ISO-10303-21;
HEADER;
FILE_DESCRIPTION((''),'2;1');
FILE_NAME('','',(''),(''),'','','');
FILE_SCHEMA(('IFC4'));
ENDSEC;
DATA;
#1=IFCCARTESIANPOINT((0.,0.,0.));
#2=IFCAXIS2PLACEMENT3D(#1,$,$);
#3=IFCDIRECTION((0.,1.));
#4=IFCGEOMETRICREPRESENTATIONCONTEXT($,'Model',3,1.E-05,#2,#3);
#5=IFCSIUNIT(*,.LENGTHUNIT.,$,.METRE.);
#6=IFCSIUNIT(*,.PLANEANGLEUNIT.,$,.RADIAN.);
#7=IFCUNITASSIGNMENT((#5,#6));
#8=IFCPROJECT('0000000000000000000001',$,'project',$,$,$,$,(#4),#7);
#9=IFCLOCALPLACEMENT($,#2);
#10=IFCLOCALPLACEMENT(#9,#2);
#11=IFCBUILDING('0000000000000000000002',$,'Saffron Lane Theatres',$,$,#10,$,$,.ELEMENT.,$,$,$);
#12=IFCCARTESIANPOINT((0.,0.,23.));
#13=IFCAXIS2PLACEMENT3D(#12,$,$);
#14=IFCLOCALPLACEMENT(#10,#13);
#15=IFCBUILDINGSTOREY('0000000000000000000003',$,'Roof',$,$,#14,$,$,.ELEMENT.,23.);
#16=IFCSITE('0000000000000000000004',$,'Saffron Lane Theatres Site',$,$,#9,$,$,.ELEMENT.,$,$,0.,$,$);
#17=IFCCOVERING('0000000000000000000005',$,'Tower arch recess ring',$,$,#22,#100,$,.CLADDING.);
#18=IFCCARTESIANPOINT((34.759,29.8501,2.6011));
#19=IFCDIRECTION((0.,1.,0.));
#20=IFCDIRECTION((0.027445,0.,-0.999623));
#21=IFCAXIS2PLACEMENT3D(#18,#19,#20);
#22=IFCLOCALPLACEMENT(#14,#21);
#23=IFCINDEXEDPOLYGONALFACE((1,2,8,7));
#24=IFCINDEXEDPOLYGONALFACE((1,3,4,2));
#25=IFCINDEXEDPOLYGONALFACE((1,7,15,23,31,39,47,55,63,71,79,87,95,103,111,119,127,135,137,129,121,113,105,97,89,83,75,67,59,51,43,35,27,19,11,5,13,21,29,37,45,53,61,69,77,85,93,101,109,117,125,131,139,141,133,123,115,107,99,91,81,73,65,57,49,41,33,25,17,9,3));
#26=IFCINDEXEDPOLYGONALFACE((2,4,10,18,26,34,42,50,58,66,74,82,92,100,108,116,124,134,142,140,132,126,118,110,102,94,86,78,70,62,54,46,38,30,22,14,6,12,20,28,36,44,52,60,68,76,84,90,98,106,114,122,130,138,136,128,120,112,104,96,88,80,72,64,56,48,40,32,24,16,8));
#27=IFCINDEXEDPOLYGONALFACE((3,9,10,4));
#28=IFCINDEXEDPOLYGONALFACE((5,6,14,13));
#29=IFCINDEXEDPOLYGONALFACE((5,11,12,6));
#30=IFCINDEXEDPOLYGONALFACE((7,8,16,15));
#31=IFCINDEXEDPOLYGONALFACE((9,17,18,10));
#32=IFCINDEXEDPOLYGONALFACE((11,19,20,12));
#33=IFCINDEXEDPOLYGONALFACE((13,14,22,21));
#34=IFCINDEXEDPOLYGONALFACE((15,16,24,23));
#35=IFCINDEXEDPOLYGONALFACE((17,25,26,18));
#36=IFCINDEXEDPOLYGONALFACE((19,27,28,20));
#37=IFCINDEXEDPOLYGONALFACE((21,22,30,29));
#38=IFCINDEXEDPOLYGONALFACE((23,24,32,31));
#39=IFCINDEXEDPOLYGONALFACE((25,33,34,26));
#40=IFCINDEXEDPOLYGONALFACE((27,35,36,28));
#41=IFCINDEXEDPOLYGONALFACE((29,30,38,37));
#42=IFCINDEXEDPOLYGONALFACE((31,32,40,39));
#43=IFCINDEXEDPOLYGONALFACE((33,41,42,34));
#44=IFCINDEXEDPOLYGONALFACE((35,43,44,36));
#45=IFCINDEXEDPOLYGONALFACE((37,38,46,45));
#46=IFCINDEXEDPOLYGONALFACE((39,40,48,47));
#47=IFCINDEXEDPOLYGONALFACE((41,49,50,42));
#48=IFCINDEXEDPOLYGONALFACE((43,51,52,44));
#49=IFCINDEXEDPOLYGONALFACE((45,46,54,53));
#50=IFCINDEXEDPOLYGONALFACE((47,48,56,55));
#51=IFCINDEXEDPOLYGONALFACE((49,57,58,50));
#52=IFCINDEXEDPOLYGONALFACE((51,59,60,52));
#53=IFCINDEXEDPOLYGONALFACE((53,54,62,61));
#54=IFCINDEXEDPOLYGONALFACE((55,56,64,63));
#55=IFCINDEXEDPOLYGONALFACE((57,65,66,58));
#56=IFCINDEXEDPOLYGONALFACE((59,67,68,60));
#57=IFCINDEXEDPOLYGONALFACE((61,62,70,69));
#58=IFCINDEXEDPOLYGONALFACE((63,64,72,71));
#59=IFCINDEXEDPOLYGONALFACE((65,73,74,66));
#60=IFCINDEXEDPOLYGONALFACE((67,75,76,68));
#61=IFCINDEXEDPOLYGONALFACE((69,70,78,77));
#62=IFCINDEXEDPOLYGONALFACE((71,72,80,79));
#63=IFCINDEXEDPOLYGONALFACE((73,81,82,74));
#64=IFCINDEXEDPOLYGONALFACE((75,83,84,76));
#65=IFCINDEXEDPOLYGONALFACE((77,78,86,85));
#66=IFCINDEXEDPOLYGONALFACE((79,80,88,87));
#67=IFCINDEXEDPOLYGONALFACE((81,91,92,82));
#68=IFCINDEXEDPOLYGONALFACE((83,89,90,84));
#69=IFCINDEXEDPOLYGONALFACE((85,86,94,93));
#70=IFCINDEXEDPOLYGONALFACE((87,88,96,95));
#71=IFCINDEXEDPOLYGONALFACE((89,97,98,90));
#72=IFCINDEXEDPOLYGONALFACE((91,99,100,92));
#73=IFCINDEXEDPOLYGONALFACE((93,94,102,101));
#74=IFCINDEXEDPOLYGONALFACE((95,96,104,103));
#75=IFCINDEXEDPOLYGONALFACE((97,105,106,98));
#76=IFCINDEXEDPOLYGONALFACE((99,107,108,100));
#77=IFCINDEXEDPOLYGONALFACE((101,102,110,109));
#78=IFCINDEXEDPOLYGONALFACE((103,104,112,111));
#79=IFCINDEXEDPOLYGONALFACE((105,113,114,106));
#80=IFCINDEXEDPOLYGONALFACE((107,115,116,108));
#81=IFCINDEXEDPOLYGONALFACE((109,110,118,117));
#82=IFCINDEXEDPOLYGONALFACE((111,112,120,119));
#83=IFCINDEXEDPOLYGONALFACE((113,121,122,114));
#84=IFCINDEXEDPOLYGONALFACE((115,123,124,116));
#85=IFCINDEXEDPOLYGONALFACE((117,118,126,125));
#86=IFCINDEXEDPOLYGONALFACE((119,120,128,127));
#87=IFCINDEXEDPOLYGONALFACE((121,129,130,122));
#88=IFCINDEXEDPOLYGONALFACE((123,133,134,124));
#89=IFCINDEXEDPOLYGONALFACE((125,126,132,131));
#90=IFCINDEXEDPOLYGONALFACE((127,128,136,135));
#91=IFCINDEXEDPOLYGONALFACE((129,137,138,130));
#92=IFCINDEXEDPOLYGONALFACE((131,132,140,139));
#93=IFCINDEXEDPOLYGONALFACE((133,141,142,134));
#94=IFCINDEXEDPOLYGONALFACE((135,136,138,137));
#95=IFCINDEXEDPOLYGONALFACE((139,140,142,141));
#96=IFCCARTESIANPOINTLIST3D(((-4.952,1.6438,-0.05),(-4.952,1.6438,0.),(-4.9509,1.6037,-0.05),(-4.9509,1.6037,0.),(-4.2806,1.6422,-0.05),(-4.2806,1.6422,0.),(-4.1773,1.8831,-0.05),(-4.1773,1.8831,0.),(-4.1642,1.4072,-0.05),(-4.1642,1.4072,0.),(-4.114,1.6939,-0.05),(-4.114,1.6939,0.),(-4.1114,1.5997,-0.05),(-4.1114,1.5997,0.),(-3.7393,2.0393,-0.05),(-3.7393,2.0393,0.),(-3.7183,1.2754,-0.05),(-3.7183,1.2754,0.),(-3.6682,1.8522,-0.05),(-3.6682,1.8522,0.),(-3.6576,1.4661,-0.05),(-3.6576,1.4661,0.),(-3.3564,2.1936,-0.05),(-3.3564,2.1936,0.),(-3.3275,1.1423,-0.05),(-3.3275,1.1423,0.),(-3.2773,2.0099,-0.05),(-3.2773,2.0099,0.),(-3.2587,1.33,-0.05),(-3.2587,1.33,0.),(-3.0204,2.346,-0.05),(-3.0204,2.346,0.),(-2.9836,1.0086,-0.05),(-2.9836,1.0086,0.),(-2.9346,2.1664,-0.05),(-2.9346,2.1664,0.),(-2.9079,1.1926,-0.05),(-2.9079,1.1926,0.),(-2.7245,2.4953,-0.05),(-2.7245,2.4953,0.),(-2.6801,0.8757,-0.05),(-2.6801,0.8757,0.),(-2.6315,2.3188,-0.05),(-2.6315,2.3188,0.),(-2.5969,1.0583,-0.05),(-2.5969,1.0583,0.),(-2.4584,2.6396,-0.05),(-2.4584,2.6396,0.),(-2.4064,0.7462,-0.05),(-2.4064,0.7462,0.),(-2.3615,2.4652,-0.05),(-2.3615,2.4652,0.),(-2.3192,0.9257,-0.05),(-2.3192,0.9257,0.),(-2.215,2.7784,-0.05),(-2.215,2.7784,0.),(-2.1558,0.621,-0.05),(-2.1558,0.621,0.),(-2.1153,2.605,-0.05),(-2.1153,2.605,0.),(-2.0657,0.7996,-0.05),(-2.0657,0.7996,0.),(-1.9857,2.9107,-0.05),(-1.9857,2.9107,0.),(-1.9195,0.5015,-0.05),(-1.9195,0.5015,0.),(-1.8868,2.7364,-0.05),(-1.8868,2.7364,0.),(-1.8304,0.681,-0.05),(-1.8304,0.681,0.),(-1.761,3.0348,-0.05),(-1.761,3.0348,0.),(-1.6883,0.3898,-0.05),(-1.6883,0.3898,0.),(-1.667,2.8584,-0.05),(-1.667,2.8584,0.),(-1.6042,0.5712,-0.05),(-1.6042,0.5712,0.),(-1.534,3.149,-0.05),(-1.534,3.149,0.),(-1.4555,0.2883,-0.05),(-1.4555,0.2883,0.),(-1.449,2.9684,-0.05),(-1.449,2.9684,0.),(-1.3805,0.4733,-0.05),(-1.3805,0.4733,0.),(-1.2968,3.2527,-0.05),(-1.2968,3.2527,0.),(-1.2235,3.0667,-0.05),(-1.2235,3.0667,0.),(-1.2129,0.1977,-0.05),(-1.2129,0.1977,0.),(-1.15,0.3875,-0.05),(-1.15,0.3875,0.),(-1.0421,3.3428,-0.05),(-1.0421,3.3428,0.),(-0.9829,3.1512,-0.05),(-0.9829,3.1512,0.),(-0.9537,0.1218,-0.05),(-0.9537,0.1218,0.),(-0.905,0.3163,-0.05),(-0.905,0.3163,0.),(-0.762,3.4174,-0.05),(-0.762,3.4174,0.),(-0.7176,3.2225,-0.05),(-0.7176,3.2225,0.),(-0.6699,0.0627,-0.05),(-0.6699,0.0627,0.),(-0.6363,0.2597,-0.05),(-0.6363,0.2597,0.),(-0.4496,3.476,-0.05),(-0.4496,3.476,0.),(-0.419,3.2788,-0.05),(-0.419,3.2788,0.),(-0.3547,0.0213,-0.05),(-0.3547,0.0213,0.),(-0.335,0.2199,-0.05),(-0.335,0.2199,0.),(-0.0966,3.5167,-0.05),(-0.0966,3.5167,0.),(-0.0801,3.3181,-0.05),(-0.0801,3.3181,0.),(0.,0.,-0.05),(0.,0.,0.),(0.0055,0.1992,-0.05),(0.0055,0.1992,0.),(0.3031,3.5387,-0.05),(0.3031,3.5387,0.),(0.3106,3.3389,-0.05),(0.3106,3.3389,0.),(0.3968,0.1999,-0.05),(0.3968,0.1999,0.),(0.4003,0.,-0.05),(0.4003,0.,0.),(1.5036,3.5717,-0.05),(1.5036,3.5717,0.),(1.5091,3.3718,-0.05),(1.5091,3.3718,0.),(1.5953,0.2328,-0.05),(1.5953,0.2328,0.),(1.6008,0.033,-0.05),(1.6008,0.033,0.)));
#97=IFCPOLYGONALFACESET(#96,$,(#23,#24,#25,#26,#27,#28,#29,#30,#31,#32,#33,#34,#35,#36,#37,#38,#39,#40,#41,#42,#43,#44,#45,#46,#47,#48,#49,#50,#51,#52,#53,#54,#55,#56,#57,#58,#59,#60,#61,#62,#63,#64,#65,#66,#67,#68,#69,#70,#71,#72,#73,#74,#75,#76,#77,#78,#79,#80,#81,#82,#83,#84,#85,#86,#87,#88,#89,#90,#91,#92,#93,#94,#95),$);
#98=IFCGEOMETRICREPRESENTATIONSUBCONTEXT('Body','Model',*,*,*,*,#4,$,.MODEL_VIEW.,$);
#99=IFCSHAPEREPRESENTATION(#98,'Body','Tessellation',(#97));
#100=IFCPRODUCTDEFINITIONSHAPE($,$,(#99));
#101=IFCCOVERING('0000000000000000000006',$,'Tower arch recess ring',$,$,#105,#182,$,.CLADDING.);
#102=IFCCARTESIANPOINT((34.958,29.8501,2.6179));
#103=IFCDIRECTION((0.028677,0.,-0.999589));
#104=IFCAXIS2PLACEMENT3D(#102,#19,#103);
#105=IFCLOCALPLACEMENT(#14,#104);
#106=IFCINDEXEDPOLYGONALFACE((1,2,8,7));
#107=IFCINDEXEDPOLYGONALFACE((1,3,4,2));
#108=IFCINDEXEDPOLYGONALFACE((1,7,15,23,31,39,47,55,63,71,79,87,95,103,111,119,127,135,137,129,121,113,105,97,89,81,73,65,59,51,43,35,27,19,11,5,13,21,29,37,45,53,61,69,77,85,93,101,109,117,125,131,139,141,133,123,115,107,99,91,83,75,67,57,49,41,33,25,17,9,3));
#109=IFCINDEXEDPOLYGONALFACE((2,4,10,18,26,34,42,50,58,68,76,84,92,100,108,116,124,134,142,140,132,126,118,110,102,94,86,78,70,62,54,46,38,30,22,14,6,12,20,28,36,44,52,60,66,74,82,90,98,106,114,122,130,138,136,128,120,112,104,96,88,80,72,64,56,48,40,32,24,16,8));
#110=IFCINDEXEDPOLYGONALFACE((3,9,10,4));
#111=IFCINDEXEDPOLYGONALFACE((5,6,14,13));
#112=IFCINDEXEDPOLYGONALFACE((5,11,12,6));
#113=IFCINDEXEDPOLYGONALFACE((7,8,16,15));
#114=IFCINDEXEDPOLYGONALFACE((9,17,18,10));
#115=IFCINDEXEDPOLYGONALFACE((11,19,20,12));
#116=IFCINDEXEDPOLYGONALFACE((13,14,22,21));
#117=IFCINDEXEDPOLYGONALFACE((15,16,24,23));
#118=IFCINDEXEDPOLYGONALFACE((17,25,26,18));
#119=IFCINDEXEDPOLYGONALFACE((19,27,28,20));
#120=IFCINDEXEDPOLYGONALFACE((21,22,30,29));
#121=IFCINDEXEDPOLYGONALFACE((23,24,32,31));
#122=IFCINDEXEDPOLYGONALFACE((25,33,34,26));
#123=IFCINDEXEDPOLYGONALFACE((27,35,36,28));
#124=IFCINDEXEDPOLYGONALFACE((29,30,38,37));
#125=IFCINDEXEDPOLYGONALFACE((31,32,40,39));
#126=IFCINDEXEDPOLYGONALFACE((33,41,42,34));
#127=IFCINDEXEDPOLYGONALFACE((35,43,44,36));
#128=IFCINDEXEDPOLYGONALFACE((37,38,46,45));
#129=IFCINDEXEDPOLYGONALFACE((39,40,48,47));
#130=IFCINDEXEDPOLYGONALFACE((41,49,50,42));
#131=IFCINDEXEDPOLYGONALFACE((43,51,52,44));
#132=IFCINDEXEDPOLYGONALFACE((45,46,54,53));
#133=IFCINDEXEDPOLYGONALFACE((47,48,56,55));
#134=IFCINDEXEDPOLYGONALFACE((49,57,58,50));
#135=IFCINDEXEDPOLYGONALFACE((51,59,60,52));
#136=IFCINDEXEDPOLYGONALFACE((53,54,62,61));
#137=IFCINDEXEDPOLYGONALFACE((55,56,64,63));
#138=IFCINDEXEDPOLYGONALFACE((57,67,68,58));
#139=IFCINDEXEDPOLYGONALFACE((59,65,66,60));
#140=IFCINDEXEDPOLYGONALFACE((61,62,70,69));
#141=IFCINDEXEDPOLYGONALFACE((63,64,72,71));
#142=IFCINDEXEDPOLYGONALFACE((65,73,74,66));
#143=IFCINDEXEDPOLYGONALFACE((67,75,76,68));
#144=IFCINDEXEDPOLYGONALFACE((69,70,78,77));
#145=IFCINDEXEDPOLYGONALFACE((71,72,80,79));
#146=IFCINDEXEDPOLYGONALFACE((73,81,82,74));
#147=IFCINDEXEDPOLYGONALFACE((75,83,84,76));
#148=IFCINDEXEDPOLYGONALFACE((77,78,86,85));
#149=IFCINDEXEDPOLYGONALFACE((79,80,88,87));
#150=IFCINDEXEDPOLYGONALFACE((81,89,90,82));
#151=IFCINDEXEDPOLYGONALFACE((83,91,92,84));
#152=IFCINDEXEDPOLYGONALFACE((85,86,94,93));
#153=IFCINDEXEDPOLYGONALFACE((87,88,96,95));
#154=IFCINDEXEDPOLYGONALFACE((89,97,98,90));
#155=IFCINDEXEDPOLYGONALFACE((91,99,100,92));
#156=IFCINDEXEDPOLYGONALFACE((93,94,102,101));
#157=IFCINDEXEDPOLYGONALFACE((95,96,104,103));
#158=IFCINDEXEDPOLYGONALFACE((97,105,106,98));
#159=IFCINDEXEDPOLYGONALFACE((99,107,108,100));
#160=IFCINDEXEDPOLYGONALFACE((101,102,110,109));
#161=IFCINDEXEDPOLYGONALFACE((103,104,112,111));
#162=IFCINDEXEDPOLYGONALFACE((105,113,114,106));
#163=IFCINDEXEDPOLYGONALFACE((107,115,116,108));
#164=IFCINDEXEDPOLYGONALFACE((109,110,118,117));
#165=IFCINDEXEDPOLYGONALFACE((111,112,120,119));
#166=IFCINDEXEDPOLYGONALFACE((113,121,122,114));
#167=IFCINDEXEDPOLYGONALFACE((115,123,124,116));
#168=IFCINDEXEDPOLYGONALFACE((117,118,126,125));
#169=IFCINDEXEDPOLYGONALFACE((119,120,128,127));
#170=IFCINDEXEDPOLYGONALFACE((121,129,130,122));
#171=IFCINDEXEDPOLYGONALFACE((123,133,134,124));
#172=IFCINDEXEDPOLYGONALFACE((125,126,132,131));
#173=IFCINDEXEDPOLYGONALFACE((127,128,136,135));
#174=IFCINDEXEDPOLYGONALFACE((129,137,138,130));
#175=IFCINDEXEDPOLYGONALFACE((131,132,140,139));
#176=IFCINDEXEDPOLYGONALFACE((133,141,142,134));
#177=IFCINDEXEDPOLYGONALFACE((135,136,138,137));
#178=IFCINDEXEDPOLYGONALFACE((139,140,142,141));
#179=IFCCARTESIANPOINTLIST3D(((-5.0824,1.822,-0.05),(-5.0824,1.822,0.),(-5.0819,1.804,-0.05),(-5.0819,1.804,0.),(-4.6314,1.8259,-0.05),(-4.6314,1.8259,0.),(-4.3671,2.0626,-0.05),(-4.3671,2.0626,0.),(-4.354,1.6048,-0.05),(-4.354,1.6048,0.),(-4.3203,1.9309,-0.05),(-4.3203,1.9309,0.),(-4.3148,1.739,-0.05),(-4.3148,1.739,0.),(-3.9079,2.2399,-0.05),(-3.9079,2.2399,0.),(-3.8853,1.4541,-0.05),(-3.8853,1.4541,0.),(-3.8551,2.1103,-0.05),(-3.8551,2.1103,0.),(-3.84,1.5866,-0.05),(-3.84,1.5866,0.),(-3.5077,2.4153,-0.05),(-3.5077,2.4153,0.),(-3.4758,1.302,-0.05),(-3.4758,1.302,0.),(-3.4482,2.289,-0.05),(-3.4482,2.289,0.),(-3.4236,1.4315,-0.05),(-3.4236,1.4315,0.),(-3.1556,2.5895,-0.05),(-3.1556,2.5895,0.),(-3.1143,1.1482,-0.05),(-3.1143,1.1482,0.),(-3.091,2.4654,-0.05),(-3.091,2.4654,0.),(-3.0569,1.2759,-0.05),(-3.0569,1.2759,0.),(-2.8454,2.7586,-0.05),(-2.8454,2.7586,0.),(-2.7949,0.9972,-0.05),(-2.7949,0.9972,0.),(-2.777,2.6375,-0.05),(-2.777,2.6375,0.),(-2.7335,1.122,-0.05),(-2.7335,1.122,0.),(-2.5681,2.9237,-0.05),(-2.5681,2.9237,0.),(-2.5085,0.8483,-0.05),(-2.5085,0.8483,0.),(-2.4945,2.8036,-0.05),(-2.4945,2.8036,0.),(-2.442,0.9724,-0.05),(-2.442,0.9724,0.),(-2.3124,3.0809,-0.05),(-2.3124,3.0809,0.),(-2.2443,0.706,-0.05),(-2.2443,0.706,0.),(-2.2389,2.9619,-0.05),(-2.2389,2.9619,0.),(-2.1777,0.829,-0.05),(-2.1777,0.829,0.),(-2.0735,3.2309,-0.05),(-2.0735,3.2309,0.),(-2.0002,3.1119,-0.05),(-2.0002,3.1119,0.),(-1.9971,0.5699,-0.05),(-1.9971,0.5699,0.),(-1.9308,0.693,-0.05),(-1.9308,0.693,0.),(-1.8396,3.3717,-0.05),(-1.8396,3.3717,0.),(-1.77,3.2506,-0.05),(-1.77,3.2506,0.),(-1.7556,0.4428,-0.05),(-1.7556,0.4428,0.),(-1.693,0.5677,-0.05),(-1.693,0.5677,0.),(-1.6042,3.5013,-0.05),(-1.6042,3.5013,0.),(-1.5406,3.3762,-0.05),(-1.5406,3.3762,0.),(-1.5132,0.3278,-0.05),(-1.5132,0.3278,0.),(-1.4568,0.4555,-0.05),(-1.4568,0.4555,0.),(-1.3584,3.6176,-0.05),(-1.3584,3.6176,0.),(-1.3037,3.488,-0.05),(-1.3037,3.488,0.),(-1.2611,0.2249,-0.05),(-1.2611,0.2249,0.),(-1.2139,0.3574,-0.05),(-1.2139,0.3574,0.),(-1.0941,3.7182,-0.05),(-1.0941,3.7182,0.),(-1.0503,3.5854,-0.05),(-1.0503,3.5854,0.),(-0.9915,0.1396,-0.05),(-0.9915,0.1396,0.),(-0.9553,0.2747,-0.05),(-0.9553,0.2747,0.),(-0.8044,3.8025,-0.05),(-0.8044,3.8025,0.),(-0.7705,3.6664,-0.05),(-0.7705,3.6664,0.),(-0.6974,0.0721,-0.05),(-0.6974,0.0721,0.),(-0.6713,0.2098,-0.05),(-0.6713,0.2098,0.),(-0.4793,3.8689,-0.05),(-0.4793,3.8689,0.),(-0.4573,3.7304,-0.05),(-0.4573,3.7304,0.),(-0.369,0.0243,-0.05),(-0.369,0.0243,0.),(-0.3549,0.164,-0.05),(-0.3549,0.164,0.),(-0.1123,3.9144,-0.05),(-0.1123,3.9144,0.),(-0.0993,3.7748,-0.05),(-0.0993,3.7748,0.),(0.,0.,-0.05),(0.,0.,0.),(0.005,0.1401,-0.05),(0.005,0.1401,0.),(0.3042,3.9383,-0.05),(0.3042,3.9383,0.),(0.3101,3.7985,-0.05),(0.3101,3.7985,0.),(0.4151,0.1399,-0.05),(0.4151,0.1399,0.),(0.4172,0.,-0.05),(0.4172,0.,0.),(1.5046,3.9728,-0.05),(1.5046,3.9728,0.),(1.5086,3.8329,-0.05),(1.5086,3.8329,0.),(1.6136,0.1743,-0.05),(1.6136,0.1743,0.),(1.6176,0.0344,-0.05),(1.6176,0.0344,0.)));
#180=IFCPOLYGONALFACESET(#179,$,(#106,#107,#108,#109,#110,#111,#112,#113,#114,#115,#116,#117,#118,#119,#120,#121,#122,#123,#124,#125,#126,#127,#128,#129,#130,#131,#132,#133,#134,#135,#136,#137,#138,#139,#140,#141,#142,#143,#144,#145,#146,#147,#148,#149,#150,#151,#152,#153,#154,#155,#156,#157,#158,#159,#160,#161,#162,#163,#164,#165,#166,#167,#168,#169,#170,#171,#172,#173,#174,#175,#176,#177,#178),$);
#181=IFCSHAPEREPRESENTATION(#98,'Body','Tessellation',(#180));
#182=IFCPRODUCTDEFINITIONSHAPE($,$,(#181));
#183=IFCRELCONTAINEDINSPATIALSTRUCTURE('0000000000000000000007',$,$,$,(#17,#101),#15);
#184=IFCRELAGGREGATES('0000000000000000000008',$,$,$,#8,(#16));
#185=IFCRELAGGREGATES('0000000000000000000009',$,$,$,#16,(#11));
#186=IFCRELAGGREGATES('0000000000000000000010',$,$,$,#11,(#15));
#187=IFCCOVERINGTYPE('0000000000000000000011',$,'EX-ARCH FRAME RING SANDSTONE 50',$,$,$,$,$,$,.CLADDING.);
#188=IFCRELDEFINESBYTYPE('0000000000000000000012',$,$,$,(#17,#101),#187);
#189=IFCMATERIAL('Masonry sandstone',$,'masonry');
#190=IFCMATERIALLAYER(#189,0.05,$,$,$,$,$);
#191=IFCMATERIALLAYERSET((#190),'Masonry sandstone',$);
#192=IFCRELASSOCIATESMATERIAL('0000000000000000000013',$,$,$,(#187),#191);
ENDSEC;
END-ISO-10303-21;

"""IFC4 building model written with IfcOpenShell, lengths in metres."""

from ifc_helpers import new_model, si_unit, direction, frame, origin, place, context, subcontext, project, spatial, polyline, outline, extrude, material, layer, layer_set, type_object, element, save


model = new_model("IFC4")

# Units and contexts
model_context = context("Model", 3, precision=1e-05, world=origin(), true_north=direction((0.0, 1.0)))
body_context = subcontext(model_context, "Body", "Model", "MODEL_VIEW")
ifc_project = project(units=[si_unit("LENGTHUNIT", "METRE"), si_unit("PLANEANGLEUNIT", "RADIAN")], contexts=[model_context])

# Site, building, storey
site_placement = place(None, origin())
site = spatial("IfcSite", under=ifc_project, at=site_placement, Name="Saffron Lane Theatres Site", CompositionType="ELEMENT", RefElevation=0.0)
building_placement = place(site_placement, origin())
building = spatial("IfcBuilding", under=site, at=building_placement, Name="Saffron Lane Theatres", CompositionType="ELEMENT")
storey_placement = place(building_placement, frame((0.0, 0.0, 23.0)))
storey = spatial("IfcBuildingStorey", under=building, at=storey_placement, Name="Roof", CompositionType="ELEMENT", Elevation=23.0)

# Coverings
ifc_material_1 = material(Name="Masonry sandstone", Category="masonry")
ifc_layer_1 = layer(ifc_material_1, 0.05)
ifc_layer_set_1 = layer_set([ifc_layer_1], Name="Masonry sandstone")
covering_type_1 = type_object("IfcCoveringType", Name="EX-ARCH FRAME RING SANDSTONE 50", PredefinedType="CLADDING", material=ifc_layer_set_1)
covering_1_placement = place(storey_placement, frame((34.759, 29.8501, 2.6011), z_axis=(0.0, 1.0, 0.0), x_axis=(0.027445, 0.0, -0.999623)))
element("IfcCovering", 1, at=covering_1_placement, inside=storey, type_object=covering_type_1, Name="Tower arch recess ring", PredefinedType="CLADDING", context=body_context, shape_type="SweptSolid", body=[
    extrude(outline(polyline([(0.0, 0.0), (0.4003, 0.0), (1.6008, 0.033), (1.5953, 0.2328), (0.3968, 0.1999), (0.0055, 0.1992), (-0.335, 0.2199), (-0.6363, 0.2597), (-0.905, 0.3163), (-1.15, 0.3875), (-1.3805, 0.4733), (-1.6042, 0.5712), (-1.8304, 0.681), (-2.0657, 0.7996), (-2.3192, 0.9257), (-2.5969, 1.0583), (-2.9079, 1.1926), (-3.2587, 1.33), (-3.6576, 1.4661), (-4.1114, 1.5997), (-4.2806, 1.6422), (-4.114, 1.6939), (-3.6682, 1.8522), (-3.2773, 2.0099), (-2.9346, 2.1664), (-2.6315, 2.3188), (-2.3615, 2.4652), (-2.1153, 2.605), (-1.8868, 2.7364), (-1.667, 2.8584), (-1.449, 2.9684), (-1.2235, 3.0667), (-0.9829, 3.1512), (-0.7176, 3.2225), (-0.419, 3.2788), (-0.0801, 3.3181), (0.3106, 3.3389), (1.5091, 3.3718), (1.5036, 3.5717), (0.3031, 3.5387), (-0.0966, 3.5167), (-0.4496, 3.476), (-0.762, 3.4174), (-1.0421, 3.3428), (-1.2968, 3.2527), (-1.534, 3.149), (-1.761, 3.0348), (-1.9857, 2.9107), (-2.215, 2.7784), (-2.4584, 2.6396), (-2.7245, 2.4953), (-3.0204, 2.346), (-3.3564, 2.1936), (-3.7393, 2.0393), (-4.1773, 1.8831), (-4.952, 1.6438), (-4.9509, 1.6037), (-4.1642, 1.4072), (-3.7183, 1.2754), (-3.3275, 1.1423), (-2.9836, 1.0086), (-2.6801, 0.8757), (-2.4064, 0.7462), (-2.1558, 0.621), (-1.9195, 0.5015), (-1.6883, 0.3898), (-1.4555, 0.2883), (-1.2129, 0.1977), (-0.9537, 0.1218), (-0.6699, 0.0627), (-0.3547, 0.0213), (0.0, 0.0)])), origin(), (0.0, 0.0, -1.0), 0.05),
])
covering_2_placement = place(storey_placement, frame((34.958, 29.8501, 2.6179), z_axis=(0.0, 1.0, 0.0), x_axis=(0.028677, 0.0, -0.999589)))
element("IfcCovering", 2, at=covering_2_placement, inside=storey, type_object=covering_type_1, Name="Tower arch recess ring", PredefinedType="CLADDING", context=body_context, shape_type="SweptSolid", body=[
    extrude(outline(polyline([(0.0, 0.0), (0.4172, 0.0), (1.6176, 0.0344), (1.6136, 0.1743), (0.4151, 0.1399), (0.005, 0.1401), (-0.3549, 0.164), (-0.6713, 0.2098), (-0.9553, 0.2747), (-1.2139, 0.3574), (-1.4568, 0.4555), (-1.693, 0.5677), (-1.9308, 0.693), (-2.1777, 0.829), (-2.442, 0.9724), (-2.7335, 1.122), (-3.0569, 1.2759), (-3.4236, 1.4315), (-3.84, 1.5866), (-4.3148, 1.739), (-4.6314, 1.8259), (-4.3203, 1.9309), (-3.8551, 2.1103), (-3.4482, 2.289), (-3.091, 2.4654), (-2.777, 2.6375), (-2.4945, 2.8036), (-2.2389, 2.9619), (-2.0002, 3.1119), (-1.77, 3.2506), (-1.5406, 3.3762), (-1.3037, 3.488), (-1.0503, 3.5854), (-0.7705, 3.6664), (-0.4573, 3.7304), (-0.0993, 3.7748), (0.3101, 3.7985), (1.5086, 3.8329), (1.5046, 3.9728), (0.3042, 3.9383), (-0.1123, 3.9144), (-0.4793, 3.8689), (-0.8044, 3.8025), (-1.0941, 3.7182), (-1.3584, 3.6176), (-1.6042, 3.5013), (-1.8396, 3.3717), (-2.0735, 3.2309), (-2.3124, 3.0809), (-2.5681, 2.9237), (-2.8454, 2.7586), (-3.1556, 2.5895), (-3.5077, 2.4153), (-3.9079, 2.2399), (-4.3671, 2.0626), (-5.0824, 1.822), (-5.0819, 1.804), (-4.354, 1.6048), (-3.8853, 1.4541), (-3.4758, 1.302), (-3.1143, 1.1482), (-2.7949, 0.9972), (-2.5085, 0.8483), (-2.2443, 0.706), (-1.9971, 0.5699), (-1.7556, 0.4428), (-1.5132, 0.3278), (-1.2611, 0.2249), (-0.9915, 0.1396), (-0.6974, 0.0721), (-0.369, 0.0243), (0.0, 0.0)])), origin(), (0.0, 0.0, -1.0), 0.05),
])

save(model, "model.ifc")
